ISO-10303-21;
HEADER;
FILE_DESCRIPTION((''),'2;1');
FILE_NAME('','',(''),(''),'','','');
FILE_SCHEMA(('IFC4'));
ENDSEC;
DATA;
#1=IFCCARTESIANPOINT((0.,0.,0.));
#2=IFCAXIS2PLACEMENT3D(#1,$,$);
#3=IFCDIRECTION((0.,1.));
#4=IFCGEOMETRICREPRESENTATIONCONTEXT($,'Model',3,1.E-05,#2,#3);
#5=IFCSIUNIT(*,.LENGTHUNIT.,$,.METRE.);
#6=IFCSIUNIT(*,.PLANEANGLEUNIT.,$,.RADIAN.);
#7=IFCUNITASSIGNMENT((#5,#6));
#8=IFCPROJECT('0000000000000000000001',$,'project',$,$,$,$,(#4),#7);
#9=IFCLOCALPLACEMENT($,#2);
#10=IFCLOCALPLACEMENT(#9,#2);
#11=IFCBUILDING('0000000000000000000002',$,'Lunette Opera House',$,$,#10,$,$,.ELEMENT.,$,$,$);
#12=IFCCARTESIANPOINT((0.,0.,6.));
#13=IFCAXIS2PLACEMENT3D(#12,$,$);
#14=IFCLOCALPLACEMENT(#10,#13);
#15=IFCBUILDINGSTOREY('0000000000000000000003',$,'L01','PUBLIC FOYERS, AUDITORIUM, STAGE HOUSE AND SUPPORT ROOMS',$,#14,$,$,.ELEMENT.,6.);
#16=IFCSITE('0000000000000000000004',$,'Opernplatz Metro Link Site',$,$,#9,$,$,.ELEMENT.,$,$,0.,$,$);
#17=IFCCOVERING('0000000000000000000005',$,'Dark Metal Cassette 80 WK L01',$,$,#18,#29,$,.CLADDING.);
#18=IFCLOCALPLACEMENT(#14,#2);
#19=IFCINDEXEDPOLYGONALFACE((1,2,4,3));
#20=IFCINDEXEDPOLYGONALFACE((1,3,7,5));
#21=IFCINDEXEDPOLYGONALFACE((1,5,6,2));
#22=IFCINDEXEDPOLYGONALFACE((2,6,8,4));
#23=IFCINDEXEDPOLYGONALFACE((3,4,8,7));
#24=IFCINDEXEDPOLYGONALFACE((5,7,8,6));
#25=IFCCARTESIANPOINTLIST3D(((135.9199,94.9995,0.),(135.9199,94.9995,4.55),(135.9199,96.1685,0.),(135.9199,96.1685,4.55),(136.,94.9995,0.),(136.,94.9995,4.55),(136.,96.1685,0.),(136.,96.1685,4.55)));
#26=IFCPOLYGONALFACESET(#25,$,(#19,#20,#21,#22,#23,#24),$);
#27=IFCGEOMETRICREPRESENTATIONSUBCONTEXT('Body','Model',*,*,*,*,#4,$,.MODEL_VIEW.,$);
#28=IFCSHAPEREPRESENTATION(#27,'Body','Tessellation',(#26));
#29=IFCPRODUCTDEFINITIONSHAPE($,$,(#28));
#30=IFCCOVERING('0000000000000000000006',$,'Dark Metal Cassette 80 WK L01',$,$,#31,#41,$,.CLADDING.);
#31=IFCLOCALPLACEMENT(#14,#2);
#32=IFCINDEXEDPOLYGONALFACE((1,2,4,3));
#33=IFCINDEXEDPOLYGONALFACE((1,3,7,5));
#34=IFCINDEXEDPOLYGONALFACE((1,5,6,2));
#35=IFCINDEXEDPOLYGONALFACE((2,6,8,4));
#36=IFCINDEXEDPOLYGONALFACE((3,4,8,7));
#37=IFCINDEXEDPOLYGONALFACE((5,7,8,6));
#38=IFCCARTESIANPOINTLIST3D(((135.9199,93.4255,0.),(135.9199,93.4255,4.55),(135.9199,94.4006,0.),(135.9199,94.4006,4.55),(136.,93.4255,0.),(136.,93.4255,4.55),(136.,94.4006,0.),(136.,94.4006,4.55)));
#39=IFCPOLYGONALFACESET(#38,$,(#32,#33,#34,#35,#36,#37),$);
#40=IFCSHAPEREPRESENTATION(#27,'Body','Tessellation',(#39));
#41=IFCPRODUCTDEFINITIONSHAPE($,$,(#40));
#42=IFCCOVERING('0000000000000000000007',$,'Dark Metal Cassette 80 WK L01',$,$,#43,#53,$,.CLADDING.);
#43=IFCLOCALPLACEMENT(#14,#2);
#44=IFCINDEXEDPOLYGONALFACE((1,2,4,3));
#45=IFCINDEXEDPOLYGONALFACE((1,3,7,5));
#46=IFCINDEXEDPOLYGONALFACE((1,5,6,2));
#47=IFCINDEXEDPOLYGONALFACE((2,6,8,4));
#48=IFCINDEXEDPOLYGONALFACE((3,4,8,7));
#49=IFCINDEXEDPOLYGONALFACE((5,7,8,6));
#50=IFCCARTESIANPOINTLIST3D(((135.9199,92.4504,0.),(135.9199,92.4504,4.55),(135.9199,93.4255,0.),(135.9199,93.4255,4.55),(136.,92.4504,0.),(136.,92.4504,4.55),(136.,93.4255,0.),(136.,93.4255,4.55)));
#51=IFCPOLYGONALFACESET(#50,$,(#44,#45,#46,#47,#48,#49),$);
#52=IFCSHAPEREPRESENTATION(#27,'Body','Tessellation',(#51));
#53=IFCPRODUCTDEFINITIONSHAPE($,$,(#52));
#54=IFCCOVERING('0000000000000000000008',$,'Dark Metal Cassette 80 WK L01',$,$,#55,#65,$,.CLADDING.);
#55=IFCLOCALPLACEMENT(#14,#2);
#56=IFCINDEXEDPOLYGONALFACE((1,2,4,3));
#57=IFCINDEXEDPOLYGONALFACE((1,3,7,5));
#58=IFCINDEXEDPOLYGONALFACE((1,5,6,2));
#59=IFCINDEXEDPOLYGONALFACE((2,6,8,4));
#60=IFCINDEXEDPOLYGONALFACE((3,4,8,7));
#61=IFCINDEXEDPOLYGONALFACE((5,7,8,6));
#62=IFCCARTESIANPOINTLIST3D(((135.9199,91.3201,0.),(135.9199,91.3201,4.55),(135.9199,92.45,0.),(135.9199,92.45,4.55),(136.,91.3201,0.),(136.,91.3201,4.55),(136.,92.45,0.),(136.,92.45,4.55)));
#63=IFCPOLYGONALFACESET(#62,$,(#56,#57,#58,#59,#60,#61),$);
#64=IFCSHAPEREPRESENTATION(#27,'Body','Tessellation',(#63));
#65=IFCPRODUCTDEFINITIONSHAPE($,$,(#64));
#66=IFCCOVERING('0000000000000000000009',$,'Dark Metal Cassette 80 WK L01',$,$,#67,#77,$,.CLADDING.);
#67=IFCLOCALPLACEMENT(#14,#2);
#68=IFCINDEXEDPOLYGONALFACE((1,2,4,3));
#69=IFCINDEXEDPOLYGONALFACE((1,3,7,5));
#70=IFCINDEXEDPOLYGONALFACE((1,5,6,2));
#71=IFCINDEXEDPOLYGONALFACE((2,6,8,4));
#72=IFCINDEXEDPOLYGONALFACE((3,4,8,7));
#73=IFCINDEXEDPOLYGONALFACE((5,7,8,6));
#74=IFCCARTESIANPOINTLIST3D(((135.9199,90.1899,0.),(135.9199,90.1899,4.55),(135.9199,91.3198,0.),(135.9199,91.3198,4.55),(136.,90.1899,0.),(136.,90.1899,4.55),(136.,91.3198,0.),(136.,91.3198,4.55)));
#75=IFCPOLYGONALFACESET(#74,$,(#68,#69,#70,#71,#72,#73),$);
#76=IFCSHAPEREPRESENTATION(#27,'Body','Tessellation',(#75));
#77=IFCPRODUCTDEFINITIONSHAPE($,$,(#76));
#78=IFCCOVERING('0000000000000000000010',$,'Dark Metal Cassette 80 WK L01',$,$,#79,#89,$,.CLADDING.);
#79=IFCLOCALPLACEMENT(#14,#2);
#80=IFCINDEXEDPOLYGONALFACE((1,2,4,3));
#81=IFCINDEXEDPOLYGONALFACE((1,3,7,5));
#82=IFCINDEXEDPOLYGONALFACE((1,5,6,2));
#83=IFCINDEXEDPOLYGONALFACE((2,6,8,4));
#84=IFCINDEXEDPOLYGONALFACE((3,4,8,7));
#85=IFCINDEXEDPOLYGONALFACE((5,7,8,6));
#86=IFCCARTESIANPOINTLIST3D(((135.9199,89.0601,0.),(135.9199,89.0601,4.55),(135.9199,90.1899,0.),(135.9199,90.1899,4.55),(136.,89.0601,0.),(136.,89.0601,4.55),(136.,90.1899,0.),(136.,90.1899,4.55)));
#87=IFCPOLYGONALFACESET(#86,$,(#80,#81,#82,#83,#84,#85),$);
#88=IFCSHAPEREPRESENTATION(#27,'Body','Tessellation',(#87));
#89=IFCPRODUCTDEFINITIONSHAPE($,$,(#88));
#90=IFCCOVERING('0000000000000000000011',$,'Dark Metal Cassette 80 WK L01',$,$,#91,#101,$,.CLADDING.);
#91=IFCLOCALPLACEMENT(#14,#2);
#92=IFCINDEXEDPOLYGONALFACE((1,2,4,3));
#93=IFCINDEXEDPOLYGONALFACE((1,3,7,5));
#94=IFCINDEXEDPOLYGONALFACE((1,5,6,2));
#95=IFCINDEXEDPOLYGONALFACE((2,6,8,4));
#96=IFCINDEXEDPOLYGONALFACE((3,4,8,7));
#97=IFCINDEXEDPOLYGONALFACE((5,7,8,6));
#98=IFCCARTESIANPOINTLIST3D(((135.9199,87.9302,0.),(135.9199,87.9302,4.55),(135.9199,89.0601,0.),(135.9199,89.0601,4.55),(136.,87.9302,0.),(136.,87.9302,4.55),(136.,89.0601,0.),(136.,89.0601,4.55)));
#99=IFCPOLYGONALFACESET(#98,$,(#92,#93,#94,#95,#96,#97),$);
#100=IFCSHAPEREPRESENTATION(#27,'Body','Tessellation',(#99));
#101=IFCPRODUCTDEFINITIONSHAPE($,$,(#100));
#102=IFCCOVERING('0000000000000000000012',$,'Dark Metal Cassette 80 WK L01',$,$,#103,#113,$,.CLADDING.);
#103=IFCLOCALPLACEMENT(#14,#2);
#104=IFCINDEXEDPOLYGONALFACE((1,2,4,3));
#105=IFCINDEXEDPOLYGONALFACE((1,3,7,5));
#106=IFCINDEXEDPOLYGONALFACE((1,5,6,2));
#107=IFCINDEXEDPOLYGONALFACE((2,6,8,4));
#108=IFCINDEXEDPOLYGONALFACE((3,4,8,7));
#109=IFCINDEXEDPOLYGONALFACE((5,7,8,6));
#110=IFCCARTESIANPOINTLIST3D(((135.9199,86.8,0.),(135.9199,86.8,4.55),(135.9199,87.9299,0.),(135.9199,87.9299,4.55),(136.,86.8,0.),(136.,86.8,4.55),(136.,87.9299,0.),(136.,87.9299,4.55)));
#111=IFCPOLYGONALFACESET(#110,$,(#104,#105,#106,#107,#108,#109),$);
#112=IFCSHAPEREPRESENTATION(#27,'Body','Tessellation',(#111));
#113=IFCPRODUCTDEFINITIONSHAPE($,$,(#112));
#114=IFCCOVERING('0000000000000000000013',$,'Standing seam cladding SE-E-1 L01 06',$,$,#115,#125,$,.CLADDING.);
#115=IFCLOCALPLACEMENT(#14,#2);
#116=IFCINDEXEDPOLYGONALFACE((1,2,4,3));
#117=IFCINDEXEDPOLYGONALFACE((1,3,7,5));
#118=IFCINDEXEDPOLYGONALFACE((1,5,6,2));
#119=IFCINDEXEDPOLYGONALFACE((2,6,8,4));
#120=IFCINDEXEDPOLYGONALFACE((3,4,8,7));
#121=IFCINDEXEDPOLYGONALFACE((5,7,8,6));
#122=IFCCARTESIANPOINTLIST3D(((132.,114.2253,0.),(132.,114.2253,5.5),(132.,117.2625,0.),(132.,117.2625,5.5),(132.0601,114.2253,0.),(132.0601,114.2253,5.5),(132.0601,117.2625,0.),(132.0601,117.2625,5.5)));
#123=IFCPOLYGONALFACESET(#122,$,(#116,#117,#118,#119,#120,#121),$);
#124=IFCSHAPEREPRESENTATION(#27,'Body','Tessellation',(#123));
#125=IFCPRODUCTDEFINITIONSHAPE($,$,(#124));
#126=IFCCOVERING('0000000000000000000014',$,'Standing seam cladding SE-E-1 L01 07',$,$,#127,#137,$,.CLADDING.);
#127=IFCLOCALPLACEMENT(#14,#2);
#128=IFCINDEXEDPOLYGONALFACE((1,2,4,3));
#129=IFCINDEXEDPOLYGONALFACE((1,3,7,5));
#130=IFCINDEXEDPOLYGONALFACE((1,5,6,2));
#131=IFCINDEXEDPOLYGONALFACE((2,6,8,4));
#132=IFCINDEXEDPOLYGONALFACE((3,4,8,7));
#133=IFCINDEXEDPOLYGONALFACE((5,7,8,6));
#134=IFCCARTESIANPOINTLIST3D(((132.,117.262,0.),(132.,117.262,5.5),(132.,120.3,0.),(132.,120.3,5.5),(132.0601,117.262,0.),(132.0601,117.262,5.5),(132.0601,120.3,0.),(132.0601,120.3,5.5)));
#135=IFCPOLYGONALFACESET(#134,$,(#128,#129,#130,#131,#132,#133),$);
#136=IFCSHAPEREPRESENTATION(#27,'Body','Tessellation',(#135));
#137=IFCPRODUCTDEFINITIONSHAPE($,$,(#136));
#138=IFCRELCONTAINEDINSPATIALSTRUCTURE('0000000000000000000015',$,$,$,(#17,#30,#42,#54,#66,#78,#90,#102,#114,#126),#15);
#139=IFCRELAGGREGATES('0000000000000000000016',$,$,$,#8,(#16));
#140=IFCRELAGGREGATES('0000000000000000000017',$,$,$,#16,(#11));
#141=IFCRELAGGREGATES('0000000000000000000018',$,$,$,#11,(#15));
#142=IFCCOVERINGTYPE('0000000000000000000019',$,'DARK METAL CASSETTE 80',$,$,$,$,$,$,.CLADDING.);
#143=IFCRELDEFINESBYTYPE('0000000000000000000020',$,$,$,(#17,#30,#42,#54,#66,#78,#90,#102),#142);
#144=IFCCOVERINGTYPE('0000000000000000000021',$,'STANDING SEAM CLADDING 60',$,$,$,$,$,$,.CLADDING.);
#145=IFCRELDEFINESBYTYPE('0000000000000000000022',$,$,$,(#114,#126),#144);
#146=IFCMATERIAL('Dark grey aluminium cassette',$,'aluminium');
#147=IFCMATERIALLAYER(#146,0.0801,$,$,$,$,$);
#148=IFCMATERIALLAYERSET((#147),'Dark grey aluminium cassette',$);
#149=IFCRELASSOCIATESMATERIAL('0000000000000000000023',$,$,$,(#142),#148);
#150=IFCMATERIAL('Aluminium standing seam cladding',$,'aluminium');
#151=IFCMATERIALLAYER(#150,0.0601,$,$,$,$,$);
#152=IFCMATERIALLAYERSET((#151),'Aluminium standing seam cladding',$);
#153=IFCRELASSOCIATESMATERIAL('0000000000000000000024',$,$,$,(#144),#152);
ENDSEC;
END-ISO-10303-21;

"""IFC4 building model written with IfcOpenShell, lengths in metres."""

from ifc_helpers import new_model, si_unit, direction, frame, origin, origin_2d, place, context, subcontext, project, spatial, rectangle, extrude, material, layer, layer_set, type_object, element, save


model = new_model("IFC4")

# Units and contexts
model_context = context("Model", 3, precision=1e-05, world=origin(), true_north=direction((0.0, 1.0)))
body_context = subcontext(model_context, "Body", "Model", "MODEL_VIEW")
ifc_project = project(units=[si_unit("LENGTHUNIT", "METRE"), si_unit("PLANEANGLEUNIT", "RADIAN")], contexts=[model_context])

# Site, building, storey
site_placement = place(None, origin())
site = spatial("IfcSite", under=ifc_project, at=site_placement, Name="Opernplatz Metro Link Site", CompositionType="ELEMENT", RefElevation=0.0)
building_placement = place(site_placement, origin())
building = spatial("IfcBuilding", under=site, at=building_placement, Name="Lunette Opera House", CompositionType="ELEMENT")
storey_placement = place(building_placement, frame((0.0, 0.0, 6.0)))
storey = spatial("IfcBuildingStorey", under=building, at=storey_placement, Name="L01", Description="PUBLIC FOYERS, AUDITORIUM, STAGE HOUSE AND SUPPORT ROOMS", CompositionType="ELEMENT", Elevation=6.0)

# Coverings
ifc_material_1 = material(Name="Dark grey aluminium cassette", Category="aluminium")
ifc_layer_1 = layer(ifc_material_1, 0.0801)
ifc_layer_set_1 = layer_set([ifc_layer_1], Name="Dark grey aluminium cassette")
covering_type_1 = type_object("IfcCoveringType", Name="DARK METAL CASSETTE 80", PredefinedType="CLADDING", material=ifc_layer_set_1)
for number, where, z_axis, x_axis, name in (
    (1, (135.96, 95.584, 0.0), (0.0, 0.0, 1.0), (0.0, -1.0, 0.0), "Dark Metal Cassette 80 WK L01"),
):
    element("IfcCovering", number, at=place(storey_placement, frame(where, z_axis=z_axis, x_axis=x_axis)), inside=storey, type_object=covering_type_1, Name=name, PredefinedType="CLADDING", context=body_context, shape_type="SweptSolid", body=[
        extrude(rectangle(XDim=1.1689, YDim=0.0801, at=origin_2d()), origin(), (0.0, 0.0, 1.0), 4.55),
    ])
for number, where, z_axis, x_axis, name in (
    (2, (135.96, 93.9131, 0.0), (0.0, 0.0, 1.0), (0.0, -1.0, 0.0), "Dark Metal Cassette 80 WK L01"),
    (3, (135.96, 92.938, 0.0), (0.0, 0.0, 1.0), (0.0, -1.0, 0.0), "Dark Metal Cassette 80 WK L01"),
):
    element("IfcCovering", number, at=place(storey_placement, frame(where, z_axis=z_axis, x_axis=x_axis)), inside=storey, type_object=covering_type_1, Name=name, PredefinedType="CLADDING", context=body_context, shape_type="SweptSolid", body=[
        extrude(rectangle(XDim=0.9751, YDim=0.0801, at=origin_2d()), origin(), (0.0, 0.0, 1.0), 4.55),
    ])
for number, where, z_axis, x_axis, name in (
    (4, (135.96, 91.885, 0.0), (0.0, 0.0, 1.0), (0.0, -1.0, 0.0), "Dark Metal Cassette 80 WK L01"),
    (5, (135.96, 90.7549, 0.0), (0.0, 0.0, 1.0), (0.0, -1.0, 0.0), "Dark Metal Cassette 80 WK L01"),
    (6, (135.96, 89.625, 0.0), (0.0, 0.0, 1.0), (0.0, -1.0, 0.0), "Dark Metal Cassette 80 WK L01"),
    (7, (135.96, 88.4951, 0.0), (0.0, 0.0, 1.0), (0.0, -1.0, 0.0), "Dark Metal Cassette 80 WK L01"),
    (8, (135.96, 87.365, 0.0), (0.0, 0.0, 1.0), (0.0, -1.0, 0.0), "Dark Metal Cassette 80 WK L01"),
):
    element("IfcCovering", number, at=place(storey_placement, frame(where, z_axis=z_axis, x_axis=x_axis)), inside=storey, type_object=covering_type_1, Name=name, PredefinedType="CLADDING", context=body_context, shape_type="SweptSolid", body=[
        extrude(rectangle(XDim=1.1299, YDim=0.0801, at=origin_2d()), origin(), (0.0, 0.0, 1.0), 4.55),
    ])
ifc_material_2 = material(Name="Aluminium standing seam cladding", Category="aluminium")
ifc_layer_2 = layer(ifc_material_2, 0.0601)
ifc_layer_set_2 = layer_set([ifc_layer_2], Name="Aluminium standing seam cladding")
covering_type_2 = type_object("IfcCoveringType", Name="STANDING SEAM CLADDING 60", PredefinedType="CLADDING", material=ifc_layer_set_2)
covering_1_placement = place(storey_placement, frame((132.03, 115.7439, 0.0), z_axis=(0.0, 0.0, 1.0), x_axis=(0.0, 1.0, 0.0)))
element("IfcCovering", 9, at=covering_1_placement, inside=storey, type_object=covering_type_2, Name="Standing seam cladding SE-E-1 L01 06", PredefinedType="CLADDING", context=body_context, shape_type="SweptSolid", body=[
    extrude(rectangle(XDim=3.0371, YDim=0.0601, at=origin_2d()), origin(), (0.0, 0.0, 1.0), 5.5),
])
covering_2_placement = place(storey_placement, frame((132.03, 118.781, 0.0), z_axis=(0.0, 0.0, 1.0), x_axis=(0.0, 1.0, 0.0)))
element("IfcCovering", 10, at=covering_2_placement, inside=storey, type_object=covering_type_2, Name="Standing seam cladding SE-E-1 L01 07", PredefinedType="CLADDING", context=body_context, shape_type="SweptSolid", body=[
    extrude(rectangle(XDim=3.0381, YDim=0.0601, at=origin_2d()), origin(), (0.0, 0.0, 1.0), 5.5),
])

save(model, "model.ifc")
